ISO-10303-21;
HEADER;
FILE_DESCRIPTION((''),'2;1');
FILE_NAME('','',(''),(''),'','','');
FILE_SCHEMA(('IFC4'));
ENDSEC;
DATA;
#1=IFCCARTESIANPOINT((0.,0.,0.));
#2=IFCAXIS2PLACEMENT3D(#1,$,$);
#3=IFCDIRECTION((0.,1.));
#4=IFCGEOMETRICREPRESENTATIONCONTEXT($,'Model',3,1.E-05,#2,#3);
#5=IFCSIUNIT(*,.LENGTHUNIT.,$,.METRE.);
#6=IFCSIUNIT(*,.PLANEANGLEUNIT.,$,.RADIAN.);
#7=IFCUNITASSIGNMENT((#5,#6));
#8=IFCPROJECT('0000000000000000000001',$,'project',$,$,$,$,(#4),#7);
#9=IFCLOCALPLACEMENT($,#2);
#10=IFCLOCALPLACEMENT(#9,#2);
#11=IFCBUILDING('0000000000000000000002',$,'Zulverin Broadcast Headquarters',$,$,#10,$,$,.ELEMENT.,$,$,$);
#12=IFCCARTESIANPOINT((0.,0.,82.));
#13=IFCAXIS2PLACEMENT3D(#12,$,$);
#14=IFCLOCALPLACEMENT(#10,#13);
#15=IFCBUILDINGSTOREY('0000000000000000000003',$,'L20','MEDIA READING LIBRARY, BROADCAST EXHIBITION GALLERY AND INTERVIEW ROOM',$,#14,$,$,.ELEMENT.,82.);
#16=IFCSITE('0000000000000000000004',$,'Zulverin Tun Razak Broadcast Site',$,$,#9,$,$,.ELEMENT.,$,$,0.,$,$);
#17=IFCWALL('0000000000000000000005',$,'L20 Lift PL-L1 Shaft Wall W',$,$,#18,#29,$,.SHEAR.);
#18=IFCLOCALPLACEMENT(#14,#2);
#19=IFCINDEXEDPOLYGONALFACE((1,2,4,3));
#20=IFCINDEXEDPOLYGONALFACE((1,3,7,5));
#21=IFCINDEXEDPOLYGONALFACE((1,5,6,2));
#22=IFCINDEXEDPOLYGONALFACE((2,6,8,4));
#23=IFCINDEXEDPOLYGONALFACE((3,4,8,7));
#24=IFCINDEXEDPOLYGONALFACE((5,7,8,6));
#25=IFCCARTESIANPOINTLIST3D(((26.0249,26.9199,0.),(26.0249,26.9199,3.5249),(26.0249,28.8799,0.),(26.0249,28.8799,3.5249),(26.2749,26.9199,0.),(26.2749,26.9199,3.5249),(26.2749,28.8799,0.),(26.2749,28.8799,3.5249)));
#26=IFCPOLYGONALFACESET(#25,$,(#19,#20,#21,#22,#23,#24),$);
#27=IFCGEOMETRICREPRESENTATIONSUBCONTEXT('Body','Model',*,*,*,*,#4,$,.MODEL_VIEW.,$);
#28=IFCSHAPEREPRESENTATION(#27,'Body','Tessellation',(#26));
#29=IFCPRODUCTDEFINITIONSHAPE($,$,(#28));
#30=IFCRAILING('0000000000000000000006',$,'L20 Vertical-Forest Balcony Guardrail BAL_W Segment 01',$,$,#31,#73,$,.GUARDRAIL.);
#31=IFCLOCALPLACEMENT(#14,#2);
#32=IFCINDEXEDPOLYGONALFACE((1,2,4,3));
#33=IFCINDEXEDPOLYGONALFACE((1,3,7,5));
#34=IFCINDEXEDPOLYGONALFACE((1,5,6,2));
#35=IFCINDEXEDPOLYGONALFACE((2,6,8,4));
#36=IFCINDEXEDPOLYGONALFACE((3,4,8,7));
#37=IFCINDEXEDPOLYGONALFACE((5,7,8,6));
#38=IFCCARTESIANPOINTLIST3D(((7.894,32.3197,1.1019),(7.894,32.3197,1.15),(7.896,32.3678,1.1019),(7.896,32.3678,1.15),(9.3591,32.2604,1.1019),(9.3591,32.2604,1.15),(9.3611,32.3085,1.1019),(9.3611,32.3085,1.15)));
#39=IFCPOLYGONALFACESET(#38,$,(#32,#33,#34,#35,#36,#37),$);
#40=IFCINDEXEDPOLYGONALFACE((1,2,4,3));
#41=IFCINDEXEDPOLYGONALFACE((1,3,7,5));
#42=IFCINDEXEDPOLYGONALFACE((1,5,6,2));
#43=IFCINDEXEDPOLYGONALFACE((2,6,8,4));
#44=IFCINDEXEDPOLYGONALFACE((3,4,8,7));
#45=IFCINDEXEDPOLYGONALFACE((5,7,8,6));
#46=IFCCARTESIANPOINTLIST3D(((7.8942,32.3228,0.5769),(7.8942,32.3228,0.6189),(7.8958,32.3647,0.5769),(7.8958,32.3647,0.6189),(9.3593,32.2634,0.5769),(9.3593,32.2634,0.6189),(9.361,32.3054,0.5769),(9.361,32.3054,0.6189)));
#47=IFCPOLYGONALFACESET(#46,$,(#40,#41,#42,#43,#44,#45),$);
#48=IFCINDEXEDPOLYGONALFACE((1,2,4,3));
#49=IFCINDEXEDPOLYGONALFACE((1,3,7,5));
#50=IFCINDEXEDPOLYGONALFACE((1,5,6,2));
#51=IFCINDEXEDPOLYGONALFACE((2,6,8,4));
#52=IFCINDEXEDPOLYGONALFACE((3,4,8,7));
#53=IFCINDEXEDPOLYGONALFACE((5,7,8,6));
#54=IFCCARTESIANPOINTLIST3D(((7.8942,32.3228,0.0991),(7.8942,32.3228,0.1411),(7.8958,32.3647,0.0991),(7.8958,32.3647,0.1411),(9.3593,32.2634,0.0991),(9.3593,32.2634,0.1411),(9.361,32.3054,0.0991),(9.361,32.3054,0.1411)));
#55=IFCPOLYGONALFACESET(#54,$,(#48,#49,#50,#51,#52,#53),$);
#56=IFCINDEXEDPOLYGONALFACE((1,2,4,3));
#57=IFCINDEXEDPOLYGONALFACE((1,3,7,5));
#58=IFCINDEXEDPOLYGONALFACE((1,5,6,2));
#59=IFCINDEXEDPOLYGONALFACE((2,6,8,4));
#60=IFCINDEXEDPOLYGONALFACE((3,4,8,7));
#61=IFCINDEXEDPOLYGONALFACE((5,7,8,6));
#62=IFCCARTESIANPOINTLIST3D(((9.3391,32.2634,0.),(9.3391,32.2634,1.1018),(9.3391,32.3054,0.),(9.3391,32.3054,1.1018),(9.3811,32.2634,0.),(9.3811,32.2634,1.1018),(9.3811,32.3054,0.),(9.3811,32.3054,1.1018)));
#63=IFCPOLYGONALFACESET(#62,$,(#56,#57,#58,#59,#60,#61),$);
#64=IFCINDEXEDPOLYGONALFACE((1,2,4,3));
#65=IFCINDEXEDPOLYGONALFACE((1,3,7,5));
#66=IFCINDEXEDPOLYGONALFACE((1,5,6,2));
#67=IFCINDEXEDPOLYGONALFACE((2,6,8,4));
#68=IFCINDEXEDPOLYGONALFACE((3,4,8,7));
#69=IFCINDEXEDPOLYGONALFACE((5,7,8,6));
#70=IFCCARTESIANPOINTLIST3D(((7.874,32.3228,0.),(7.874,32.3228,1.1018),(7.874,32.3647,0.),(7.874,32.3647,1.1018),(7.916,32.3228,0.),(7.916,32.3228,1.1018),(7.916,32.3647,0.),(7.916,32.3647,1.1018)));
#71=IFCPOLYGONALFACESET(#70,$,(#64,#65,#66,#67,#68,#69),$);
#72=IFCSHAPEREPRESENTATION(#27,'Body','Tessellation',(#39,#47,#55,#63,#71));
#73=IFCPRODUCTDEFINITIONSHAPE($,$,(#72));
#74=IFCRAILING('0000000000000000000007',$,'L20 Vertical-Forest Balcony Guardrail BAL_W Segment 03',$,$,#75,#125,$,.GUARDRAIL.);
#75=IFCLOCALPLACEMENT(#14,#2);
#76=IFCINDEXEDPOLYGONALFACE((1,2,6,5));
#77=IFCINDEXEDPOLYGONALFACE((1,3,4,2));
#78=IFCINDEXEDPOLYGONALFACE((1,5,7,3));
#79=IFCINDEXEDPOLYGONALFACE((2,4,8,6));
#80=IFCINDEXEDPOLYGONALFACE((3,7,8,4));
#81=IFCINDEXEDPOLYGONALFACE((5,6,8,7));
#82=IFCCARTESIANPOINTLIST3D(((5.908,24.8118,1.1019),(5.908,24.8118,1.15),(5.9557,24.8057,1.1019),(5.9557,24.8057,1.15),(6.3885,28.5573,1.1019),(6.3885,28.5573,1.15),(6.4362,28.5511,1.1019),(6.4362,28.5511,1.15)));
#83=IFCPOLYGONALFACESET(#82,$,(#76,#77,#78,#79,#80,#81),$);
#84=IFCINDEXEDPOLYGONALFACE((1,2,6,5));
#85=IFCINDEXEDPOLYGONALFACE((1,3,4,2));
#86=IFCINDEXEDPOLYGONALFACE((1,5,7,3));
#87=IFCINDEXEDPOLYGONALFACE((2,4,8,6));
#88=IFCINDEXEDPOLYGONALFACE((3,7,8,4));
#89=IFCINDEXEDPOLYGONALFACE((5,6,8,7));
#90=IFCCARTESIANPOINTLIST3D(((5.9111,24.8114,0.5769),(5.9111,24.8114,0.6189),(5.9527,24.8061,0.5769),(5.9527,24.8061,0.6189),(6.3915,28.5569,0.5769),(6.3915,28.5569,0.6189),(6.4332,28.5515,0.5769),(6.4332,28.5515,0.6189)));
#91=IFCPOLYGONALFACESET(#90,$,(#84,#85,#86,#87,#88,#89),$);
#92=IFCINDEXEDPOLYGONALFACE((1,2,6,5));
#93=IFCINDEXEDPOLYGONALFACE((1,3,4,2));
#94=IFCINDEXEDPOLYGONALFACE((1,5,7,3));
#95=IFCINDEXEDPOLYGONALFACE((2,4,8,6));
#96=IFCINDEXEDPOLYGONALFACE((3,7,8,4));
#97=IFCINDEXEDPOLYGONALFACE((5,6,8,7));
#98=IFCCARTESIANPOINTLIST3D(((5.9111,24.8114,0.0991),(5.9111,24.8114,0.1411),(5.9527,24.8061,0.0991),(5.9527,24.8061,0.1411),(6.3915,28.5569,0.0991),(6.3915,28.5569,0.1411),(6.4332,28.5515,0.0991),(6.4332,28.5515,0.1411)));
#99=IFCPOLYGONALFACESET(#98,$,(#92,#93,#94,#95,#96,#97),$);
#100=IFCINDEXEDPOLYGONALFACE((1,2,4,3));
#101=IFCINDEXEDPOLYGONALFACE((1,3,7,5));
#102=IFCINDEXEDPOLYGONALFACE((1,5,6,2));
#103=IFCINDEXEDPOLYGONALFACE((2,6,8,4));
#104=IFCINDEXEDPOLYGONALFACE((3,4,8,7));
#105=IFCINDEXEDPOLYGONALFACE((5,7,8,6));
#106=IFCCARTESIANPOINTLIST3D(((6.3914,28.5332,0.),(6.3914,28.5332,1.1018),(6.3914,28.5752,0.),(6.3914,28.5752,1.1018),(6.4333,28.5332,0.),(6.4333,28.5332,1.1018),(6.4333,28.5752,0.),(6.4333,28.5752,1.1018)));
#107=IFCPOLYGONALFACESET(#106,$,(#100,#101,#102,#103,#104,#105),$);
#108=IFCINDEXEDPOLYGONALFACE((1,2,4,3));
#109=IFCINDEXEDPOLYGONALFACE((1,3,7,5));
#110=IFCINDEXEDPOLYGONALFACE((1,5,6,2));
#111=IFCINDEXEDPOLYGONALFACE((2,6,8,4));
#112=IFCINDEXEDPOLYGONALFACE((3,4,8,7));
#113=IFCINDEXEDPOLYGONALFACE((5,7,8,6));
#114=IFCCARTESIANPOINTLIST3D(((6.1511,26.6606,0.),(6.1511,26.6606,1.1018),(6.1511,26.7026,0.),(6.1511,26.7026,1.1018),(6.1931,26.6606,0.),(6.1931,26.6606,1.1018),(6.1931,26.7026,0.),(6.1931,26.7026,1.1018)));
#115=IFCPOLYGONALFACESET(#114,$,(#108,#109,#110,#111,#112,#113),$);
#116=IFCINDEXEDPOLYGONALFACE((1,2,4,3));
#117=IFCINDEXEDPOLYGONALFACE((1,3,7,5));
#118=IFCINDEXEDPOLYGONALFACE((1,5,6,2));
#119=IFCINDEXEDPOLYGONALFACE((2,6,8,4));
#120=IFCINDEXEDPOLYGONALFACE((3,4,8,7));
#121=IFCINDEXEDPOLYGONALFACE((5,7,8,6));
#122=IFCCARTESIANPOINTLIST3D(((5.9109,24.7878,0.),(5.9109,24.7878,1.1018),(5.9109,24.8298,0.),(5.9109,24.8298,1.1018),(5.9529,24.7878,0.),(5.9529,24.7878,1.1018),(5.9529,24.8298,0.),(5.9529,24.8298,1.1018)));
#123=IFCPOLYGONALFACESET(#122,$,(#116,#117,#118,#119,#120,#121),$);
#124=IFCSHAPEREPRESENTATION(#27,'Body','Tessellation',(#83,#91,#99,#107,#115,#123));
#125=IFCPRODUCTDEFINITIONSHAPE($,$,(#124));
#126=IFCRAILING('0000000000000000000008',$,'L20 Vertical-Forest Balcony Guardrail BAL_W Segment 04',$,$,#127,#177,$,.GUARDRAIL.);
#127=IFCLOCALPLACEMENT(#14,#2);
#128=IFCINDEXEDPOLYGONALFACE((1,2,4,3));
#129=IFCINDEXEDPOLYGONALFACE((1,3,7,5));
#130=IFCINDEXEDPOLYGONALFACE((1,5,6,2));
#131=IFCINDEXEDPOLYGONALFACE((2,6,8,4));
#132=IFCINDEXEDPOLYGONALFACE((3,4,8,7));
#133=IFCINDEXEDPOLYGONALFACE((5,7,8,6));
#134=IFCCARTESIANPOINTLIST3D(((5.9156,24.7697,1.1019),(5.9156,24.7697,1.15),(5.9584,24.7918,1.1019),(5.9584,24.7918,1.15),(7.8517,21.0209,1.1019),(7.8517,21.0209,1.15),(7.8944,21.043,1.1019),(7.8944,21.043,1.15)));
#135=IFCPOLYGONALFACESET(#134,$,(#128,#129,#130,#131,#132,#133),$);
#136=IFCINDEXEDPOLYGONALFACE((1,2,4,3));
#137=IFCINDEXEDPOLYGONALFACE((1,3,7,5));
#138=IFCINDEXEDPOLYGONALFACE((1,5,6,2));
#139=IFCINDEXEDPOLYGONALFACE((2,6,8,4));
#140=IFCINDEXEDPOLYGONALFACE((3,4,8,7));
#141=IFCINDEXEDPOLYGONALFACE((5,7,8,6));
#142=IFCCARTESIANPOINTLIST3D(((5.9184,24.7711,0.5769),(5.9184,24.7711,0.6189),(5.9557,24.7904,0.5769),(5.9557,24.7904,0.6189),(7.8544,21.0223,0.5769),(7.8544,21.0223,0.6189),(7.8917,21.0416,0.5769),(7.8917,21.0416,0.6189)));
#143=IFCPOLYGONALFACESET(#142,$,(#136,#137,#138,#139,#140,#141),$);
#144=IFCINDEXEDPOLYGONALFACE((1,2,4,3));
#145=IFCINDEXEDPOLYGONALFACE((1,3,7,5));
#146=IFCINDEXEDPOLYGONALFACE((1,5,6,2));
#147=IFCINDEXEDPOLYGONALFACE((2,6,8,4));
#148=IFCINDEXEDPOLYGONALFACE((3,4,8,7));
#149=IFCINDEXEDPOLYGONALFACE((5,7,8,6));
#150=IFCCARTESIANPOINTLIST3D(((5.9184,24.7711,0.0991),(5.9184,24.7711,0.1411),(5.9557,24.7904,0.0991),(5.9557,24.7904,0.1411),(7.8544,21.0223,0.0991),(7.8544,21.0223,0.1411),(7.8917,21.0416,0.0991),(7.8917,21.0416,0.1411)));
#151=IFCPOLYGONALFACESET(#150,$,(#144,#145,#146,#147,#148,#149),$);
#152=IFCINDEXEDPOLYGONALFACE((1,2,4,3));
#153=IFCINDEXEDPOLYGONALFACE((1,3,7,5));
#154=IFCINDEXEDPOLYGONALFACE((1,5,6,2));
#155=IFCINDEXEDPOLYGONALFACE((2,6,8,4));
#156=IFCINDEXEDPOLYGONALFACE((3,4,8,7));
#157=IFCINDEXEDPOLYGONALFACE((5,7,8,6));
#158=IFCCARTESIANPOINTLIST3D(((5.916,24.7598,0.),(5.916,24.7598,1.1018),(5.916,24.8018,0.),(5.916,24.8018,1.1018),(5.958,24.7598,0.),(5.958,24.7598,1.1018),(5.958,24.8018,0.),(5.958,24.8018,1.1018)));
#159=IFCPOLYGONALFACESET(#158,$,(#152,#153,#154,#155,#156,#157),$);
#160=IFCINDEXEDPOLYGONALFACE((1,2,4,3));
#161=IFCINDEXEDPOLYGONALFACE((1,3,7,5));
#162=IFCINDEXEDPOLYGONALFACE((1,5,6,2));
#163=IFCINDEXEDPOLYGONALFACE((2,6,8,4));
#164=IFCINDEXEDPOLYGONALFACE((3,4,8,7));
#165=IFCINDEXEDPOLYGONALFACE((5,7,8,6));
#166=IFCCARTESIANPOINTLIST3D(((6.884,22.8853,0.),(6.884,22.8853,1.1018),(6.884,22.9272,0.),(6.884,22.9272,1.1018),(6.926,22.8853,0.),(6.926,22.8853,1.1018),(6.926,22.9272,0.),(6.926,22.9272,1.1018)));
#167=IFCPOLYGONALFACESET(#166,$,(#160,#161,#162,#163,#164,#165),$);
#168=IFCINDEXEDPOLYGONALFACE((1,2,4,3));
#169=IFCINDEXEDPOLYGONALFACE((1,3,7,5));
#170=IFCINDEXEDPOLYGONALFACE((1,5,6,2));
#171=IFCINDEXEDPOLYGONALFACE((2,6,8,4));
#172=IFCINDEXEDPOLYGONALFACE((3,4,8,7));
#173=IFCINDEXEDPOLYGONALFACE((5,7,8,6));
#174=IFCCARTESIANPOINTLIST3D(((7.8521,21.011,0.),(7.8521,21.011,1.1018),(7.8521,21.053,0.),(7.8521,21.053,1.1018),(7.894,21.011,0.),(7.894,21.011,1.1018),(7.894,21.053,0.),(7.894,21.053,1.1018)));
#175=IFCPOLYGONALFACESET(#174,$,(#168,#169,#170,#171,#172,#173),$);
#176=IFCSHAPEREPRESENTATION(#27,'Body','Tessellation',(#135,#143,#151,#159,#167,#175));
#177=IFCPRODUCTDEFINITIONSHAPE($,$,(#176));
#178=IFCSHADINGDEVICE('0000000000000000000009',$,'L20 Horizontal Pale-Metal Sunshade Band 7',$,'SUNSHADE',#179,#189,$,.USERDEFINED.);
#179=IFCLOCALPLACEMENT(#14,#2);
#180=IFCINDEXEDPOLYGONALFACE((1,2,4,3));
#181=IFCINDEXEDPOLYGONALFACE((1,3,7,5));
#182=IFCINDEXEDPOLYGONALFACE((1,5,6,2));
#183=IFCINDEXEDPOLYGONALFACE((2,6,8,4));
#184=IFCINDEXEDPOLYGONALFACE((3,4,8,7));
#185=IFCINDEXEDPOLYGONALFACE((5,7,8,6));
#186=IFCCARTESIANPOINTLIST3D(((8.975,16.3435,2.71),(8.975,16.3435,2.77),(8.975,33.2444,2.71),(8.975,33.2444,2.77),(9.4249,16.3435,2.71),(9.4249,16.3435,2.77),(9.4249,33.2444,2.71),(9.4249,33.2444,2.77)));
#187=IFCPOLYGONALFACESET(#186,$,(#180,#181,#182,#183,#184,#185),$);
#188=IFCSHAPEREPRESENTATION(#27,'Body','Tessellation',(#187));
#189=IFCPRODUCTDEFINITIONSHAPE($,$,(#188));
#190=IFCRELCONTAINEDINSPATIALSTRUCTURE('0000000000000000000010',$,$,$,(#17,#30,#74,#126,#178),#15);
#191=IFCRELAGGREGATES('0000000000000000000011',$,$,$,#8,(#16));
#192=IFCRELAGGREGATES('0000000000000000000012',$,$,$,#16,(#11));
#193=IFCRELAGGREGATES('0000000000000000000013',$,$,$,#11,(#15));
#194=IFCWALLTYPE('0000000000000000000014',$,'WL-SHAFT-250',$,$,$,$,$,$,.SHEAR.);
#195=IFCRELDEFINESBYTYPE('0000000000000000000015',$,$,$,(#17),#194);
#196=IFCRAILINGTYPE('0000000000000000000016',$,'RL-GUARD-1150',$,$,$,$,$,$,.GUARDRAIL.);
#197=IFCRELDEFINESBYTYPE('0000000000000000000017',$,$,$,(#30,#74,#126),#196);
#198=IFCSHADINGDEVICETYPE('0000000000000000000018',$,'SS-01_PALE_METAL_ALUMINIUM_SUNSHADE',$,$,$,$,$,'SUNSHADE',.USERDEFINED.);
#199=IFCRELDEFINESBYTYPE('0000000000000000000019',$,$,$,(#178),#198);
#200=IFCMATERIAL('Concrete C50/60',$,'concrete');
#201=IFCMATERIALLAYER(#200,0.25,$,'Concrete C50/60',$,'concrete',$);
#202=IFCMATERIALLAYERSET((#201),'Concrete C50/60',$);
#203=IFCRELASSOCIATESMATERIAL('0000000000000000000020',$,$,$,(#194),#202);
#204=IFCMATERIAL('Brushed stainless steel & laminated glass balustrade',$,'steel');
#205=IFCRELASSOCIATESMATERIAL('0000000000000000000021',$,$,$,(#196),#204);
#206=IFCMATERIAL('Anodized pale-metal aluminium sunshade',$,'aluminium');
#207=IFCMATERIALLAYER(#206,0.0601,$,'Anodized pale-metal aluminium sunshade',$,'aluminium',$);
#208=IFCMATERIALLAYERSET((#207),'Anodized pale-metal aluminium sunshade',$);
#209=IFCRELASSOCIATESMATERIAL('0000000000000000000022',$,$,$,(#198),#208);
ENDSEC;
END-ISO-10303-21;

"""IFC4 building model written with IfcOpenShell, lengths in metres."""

from ifc_helpers import new_model, si_unit, direction, frame, frame_2d, origin, origin_2d, place, context, subcontext, project, spatial, rectangle, extrude, material, layer, layer_set, type_object, element, save


model = new_model("IFC4")

# Units and contexts
model_context = context("Model", 3, precision=1e-05, world=origin(), true_north=direction((0.0, 1.0)))
body_context = subcontext(model_context, "Body", "Model", "MODEL_VIEW")
ifc_project = project(units=[si_unit("LENGTHUNIT", "METRE"), si_unit("PLANEANGLEUNIT", "RADIAN")], contexts=[model_context])

# Site, building, storey
site_placement = place(None, origin())
site = spatial("IfcSite", under=ifc_project, at=site_placement, Name="Zulverin Tun Razak Broadcast Site", CompositionType="ELEMENT", RefElevation=0.0)
building_placement = place(site_placement, origin())
building = spatial("IfcBuilding", under=site, at=building_placement, Name="Zulverin Broadcast Headquarters", CompositionType="ELEMENT")
storey_placement = place(building_placement, frame((0.0, 0.0, 82.0)))
storey = spatial("IfcBuildingStorey", under=building, at=storey_placement, Name="L20", Description="MEDIA READING LIBRARY, BROADCAST EXHIBITION GALLERY AND INTERVIEW ROOM", CompositionType="ELEMENT", Elevation=82.0)

# Shared definitions
ifc_material_1 = material(Name="Concrete C50/60", Category="concrete")
ifc_layer_1 = layer(ifc_material_1, 0.25, Name="Concrete C50/60", Category="concrete")
ifc_layer_set_1 = layer_set([ifc_layer_1], Name="Concrete C50/60")
wall_type_1 = type_object("IfcWallType", Name="WL-SHAFT-250", PredefinedType="SHEAR", material=ifc_layer_set_1)

# Wall
wall_1_placement = place(storey_placement, frame((26.1499, 26.9199, 0.0), z_axis=(0.0, 0.0, 1.0), x_axis=(0.0, 1.0, 0.0)))
element("IfcWall", 1, at=wall_1_placement, inside=storey, type_object=wall_type_1, Name="L20 Lift PL-L1 Shaft Wall W", PredefinedType="SHEAR", context=body_context, shape_type="SweptSolid", body=[
    extrude(rectangle(XDim=1.96, YDim=0.25, at=frame_2d((0.98, 0.0))), origin(), (0.0, 0.0, 1.0), 3.5249),
])

# Railings
ifc_material_2 = material(Name="Brushed stainless steel & laminated glass balustrade", Category="steel")
railing_type = type_object("IfcRailingType", Name="RL-GUARD-1150", PredefinedType="GUARDRAIL", material=ifc_material_2)
railing_1_placement = place(storey_placement, frame((9.3601, 32.2844, 0.0)))
element("IfcRailing", 2, at=railing_1_placement, inside=storey, type_object=railing_type, Name="L20 Vertical-Forest Balcony Guardrail BAL_W Segment 01", PredefinedType="GUARDRAIL", context=body_context, shape_type="SweptSolid", body=[
    extrude(rectangle(XDim=0.0481, YDim=0.0481, at=origin_2d()), frame((0.0, 0.0, 1.126), z_axis=(-0.999181, 0.04046, 0.0), x_axis=(-0.04046, -0.999181, 0.0)), (0.0, 0.0, 1.0), 1.4663),
    extrude(rectangle(XDim=0.042, YDim=0.042, at=origin_2d()), frame((0.0, 0.0, 0.5979), z_axis=(-0.999181, 0.04046, 0.0), x_axis=(-0.04046, -0.999181, 0.0)), (0.0, 0.0, 1.0), 1.4663),
    extrude(rectangle(XDim=0.042, YDim=0.042, at=origin_2d()), frame((0.0, 0.0, 0.1201), z_axis=(-0.999181, 0.04046, 0.0), x_axis=(-0.04046, -0.999181, 0.0)), (0.0, 0.0, 1.0), 1.4663),
    extrude(rectangle(XDim=0.042, YDim=0.042, at=origin_2d()), origin(), (0.0, 0.0, 1.0), 1.1018),
    extrude(rectangle(XDim=0.042, YDim=0.042, at=origin_2d()), frame((-1.4651, 0.0593, 0.0)), (0.0, 0.0, 1.0), 1.1018),
])
railing_2_placement = place(storey_placement, frame((6.4124, 28.5542, 0.0)))
element("IfcRailing", 3, at=railing_2_placement, inside=storey, type_object=railing_type, Name="L20 Vertical-Forest Balcony Guardrail BAL_W Segment 03", PredefinedType="GUARDRAIL", context=body_context, shape_type="SweptSolid", body=[
    extrude(rectangle(XDim=0.0481, YDim=0.0481, at=origin_2d()), frame((0.0, 0.0, 1.126), z_axis=(-0.127241, -0.991872, 0.0), x_axis=(0.991872, -0.127241, 0.0)), (0.0, 0.0, 1.0), 3.7761),
    extrude(rectangle(XDim=0.042, YDim=0.042, at=origin_2d()), frame((0.0, 0.0, 0.5979), z_axis=(-0.127241, -0.991872, 0.0), x_axis=(0.991872, -0.127241, 0.0)), (0.0, 0.0, 1.0), 3.7761),
    extrude(rectangle(XDim=0.042, YDim=0.042, at=origin_2d()), frame((0.0, 0.0, 0.1201), z_axis=(-0.127241, -0.991872, 0.0), x_axis=(0.991872, -0.127241, 0.0)), (0.0, 0.0, 1.0), 3.7761),
    extrude(rectangle(XDim=0.042, YDim=0.042, at=origin_2d()), origin(), (0.0, 0.0, 1.0), 1.1018),
    extrude(rectangle(XDim=0.042, YDim=0.042, at=origin_2d()), frame((-0.2402, -1.8726, 0.0)), (0.0, 0.0, 1.0), 1.1018),
    extrude(rectangle(XDim=0.042, YDim=0.042, at=origin_2d()), frame((-0.4805, -3.7454, 0.0)), (0.0, 0.0, 1.0), 1.1018),
])
railing_3_placement = place(storey_placement, frame((5.937, 24.7808, 0.0)))
element("IfcRailing", 4, at=railing_3_placement, inside=storey, type_object=railing_type, Name="L20 Vertical-Forest Balcony Guardrail BAL_W Segment 04", PredefinedType="GUARDRAIL", context=body_context, shape_type="SweptSolid", body=[
    extrude(rectangle(XDim=0.0481, YDim=0.0481, at=origin_2d()), frame((0.0, 0.0, 1.126), z_axis=(0.458864, -0.888507, 0.0), x_axis=(0.888507, 0.458864, 0.0)), (0.0, 0.0, 1.0), 4.2192),
    extrude(rectangle(XDim=0.042, YDim=0.042, at=origin_2d()), frame((0.0, 0.0, 0.5979), z_axis=(0.458864, -0.888507, 0.0), x_axis=(0.888507, 0.458864, 0.0)), (0.0, 0.0, 1.0), 4.2192),
    extrude(rectangle(XDim=0.042, YDim=0.042, at=origin_2d()), frame((0.0, 0.0, 0.1201), z_axis=(0.458864, -0.888507, 0.0), x_axis=(0.888507, 0.458864, 0.0)), (0.0, 0.0, 1.0), 4.2192),
    extrude(rectangle(XDim=0.042, YDim=0.042, at=origin_2d()), origin(), (0.0, 0.0, 1.0), 1.1018),
    extrude(rectangle(XDim=0.042, YDim=0.042, at=origin_2d()), frame((0.968, -1.8745, 0.0)), (0.0, 0.0, 1.0), 1.1018),
    extrude(rectangle(XDim=0.042, YDim=0.042, at=origin_2d()), frame((1.936, -3.7488, 0.0)), (0.0, 0.0, 1.0), 1.1018),
])

# Shading device
ifc_material_3 = material(Name="Anodized pale-metal aluminium sunshade", Category="aluminium")
ifc_layer_2 = layer(ifc_material_3, 0.0601, Name="Anodized pale-metal aluminium sunshade", Category="aluminium")
ifc_layer_set_2 = layer_set([ifc_layer_2], Name="Anodized pale-metal aluminium sunshade")
shading_device_type = type_object("IfcShadingDeviceType", Name="SS-01_PALE_METAL_ALUMINIUM_SUNSHADE", ElementType="SUNSHADE", PredefinedType="USERDEFINED", material=ifc_layer_set_2)
shading_device_placement = place(storey_placement, frame((9.2, 24.7939, 2.71), z_axis=(0.0, 0.0, 1.0), x_axis=(0.0, -1.0, 0.0)))
element("IfcShadingDevice", 5, at=shading_device_placement, inside=storey, type_object=shading_device_type, Name="L20 Horizontal Pale-Metal Sunshade Band 7", ObjectType="SUNSHADE", PredefinedType="USERDEFINED", context=body_context, shape_type="SweptSolid", body=[
    extrude(rectangle(XDim=16.9009, YDim=0.45, at=origin_2d()), origin(), (0.0, 0.0, 1.0), 0.0601),
])

save(model, "model.ifc")
